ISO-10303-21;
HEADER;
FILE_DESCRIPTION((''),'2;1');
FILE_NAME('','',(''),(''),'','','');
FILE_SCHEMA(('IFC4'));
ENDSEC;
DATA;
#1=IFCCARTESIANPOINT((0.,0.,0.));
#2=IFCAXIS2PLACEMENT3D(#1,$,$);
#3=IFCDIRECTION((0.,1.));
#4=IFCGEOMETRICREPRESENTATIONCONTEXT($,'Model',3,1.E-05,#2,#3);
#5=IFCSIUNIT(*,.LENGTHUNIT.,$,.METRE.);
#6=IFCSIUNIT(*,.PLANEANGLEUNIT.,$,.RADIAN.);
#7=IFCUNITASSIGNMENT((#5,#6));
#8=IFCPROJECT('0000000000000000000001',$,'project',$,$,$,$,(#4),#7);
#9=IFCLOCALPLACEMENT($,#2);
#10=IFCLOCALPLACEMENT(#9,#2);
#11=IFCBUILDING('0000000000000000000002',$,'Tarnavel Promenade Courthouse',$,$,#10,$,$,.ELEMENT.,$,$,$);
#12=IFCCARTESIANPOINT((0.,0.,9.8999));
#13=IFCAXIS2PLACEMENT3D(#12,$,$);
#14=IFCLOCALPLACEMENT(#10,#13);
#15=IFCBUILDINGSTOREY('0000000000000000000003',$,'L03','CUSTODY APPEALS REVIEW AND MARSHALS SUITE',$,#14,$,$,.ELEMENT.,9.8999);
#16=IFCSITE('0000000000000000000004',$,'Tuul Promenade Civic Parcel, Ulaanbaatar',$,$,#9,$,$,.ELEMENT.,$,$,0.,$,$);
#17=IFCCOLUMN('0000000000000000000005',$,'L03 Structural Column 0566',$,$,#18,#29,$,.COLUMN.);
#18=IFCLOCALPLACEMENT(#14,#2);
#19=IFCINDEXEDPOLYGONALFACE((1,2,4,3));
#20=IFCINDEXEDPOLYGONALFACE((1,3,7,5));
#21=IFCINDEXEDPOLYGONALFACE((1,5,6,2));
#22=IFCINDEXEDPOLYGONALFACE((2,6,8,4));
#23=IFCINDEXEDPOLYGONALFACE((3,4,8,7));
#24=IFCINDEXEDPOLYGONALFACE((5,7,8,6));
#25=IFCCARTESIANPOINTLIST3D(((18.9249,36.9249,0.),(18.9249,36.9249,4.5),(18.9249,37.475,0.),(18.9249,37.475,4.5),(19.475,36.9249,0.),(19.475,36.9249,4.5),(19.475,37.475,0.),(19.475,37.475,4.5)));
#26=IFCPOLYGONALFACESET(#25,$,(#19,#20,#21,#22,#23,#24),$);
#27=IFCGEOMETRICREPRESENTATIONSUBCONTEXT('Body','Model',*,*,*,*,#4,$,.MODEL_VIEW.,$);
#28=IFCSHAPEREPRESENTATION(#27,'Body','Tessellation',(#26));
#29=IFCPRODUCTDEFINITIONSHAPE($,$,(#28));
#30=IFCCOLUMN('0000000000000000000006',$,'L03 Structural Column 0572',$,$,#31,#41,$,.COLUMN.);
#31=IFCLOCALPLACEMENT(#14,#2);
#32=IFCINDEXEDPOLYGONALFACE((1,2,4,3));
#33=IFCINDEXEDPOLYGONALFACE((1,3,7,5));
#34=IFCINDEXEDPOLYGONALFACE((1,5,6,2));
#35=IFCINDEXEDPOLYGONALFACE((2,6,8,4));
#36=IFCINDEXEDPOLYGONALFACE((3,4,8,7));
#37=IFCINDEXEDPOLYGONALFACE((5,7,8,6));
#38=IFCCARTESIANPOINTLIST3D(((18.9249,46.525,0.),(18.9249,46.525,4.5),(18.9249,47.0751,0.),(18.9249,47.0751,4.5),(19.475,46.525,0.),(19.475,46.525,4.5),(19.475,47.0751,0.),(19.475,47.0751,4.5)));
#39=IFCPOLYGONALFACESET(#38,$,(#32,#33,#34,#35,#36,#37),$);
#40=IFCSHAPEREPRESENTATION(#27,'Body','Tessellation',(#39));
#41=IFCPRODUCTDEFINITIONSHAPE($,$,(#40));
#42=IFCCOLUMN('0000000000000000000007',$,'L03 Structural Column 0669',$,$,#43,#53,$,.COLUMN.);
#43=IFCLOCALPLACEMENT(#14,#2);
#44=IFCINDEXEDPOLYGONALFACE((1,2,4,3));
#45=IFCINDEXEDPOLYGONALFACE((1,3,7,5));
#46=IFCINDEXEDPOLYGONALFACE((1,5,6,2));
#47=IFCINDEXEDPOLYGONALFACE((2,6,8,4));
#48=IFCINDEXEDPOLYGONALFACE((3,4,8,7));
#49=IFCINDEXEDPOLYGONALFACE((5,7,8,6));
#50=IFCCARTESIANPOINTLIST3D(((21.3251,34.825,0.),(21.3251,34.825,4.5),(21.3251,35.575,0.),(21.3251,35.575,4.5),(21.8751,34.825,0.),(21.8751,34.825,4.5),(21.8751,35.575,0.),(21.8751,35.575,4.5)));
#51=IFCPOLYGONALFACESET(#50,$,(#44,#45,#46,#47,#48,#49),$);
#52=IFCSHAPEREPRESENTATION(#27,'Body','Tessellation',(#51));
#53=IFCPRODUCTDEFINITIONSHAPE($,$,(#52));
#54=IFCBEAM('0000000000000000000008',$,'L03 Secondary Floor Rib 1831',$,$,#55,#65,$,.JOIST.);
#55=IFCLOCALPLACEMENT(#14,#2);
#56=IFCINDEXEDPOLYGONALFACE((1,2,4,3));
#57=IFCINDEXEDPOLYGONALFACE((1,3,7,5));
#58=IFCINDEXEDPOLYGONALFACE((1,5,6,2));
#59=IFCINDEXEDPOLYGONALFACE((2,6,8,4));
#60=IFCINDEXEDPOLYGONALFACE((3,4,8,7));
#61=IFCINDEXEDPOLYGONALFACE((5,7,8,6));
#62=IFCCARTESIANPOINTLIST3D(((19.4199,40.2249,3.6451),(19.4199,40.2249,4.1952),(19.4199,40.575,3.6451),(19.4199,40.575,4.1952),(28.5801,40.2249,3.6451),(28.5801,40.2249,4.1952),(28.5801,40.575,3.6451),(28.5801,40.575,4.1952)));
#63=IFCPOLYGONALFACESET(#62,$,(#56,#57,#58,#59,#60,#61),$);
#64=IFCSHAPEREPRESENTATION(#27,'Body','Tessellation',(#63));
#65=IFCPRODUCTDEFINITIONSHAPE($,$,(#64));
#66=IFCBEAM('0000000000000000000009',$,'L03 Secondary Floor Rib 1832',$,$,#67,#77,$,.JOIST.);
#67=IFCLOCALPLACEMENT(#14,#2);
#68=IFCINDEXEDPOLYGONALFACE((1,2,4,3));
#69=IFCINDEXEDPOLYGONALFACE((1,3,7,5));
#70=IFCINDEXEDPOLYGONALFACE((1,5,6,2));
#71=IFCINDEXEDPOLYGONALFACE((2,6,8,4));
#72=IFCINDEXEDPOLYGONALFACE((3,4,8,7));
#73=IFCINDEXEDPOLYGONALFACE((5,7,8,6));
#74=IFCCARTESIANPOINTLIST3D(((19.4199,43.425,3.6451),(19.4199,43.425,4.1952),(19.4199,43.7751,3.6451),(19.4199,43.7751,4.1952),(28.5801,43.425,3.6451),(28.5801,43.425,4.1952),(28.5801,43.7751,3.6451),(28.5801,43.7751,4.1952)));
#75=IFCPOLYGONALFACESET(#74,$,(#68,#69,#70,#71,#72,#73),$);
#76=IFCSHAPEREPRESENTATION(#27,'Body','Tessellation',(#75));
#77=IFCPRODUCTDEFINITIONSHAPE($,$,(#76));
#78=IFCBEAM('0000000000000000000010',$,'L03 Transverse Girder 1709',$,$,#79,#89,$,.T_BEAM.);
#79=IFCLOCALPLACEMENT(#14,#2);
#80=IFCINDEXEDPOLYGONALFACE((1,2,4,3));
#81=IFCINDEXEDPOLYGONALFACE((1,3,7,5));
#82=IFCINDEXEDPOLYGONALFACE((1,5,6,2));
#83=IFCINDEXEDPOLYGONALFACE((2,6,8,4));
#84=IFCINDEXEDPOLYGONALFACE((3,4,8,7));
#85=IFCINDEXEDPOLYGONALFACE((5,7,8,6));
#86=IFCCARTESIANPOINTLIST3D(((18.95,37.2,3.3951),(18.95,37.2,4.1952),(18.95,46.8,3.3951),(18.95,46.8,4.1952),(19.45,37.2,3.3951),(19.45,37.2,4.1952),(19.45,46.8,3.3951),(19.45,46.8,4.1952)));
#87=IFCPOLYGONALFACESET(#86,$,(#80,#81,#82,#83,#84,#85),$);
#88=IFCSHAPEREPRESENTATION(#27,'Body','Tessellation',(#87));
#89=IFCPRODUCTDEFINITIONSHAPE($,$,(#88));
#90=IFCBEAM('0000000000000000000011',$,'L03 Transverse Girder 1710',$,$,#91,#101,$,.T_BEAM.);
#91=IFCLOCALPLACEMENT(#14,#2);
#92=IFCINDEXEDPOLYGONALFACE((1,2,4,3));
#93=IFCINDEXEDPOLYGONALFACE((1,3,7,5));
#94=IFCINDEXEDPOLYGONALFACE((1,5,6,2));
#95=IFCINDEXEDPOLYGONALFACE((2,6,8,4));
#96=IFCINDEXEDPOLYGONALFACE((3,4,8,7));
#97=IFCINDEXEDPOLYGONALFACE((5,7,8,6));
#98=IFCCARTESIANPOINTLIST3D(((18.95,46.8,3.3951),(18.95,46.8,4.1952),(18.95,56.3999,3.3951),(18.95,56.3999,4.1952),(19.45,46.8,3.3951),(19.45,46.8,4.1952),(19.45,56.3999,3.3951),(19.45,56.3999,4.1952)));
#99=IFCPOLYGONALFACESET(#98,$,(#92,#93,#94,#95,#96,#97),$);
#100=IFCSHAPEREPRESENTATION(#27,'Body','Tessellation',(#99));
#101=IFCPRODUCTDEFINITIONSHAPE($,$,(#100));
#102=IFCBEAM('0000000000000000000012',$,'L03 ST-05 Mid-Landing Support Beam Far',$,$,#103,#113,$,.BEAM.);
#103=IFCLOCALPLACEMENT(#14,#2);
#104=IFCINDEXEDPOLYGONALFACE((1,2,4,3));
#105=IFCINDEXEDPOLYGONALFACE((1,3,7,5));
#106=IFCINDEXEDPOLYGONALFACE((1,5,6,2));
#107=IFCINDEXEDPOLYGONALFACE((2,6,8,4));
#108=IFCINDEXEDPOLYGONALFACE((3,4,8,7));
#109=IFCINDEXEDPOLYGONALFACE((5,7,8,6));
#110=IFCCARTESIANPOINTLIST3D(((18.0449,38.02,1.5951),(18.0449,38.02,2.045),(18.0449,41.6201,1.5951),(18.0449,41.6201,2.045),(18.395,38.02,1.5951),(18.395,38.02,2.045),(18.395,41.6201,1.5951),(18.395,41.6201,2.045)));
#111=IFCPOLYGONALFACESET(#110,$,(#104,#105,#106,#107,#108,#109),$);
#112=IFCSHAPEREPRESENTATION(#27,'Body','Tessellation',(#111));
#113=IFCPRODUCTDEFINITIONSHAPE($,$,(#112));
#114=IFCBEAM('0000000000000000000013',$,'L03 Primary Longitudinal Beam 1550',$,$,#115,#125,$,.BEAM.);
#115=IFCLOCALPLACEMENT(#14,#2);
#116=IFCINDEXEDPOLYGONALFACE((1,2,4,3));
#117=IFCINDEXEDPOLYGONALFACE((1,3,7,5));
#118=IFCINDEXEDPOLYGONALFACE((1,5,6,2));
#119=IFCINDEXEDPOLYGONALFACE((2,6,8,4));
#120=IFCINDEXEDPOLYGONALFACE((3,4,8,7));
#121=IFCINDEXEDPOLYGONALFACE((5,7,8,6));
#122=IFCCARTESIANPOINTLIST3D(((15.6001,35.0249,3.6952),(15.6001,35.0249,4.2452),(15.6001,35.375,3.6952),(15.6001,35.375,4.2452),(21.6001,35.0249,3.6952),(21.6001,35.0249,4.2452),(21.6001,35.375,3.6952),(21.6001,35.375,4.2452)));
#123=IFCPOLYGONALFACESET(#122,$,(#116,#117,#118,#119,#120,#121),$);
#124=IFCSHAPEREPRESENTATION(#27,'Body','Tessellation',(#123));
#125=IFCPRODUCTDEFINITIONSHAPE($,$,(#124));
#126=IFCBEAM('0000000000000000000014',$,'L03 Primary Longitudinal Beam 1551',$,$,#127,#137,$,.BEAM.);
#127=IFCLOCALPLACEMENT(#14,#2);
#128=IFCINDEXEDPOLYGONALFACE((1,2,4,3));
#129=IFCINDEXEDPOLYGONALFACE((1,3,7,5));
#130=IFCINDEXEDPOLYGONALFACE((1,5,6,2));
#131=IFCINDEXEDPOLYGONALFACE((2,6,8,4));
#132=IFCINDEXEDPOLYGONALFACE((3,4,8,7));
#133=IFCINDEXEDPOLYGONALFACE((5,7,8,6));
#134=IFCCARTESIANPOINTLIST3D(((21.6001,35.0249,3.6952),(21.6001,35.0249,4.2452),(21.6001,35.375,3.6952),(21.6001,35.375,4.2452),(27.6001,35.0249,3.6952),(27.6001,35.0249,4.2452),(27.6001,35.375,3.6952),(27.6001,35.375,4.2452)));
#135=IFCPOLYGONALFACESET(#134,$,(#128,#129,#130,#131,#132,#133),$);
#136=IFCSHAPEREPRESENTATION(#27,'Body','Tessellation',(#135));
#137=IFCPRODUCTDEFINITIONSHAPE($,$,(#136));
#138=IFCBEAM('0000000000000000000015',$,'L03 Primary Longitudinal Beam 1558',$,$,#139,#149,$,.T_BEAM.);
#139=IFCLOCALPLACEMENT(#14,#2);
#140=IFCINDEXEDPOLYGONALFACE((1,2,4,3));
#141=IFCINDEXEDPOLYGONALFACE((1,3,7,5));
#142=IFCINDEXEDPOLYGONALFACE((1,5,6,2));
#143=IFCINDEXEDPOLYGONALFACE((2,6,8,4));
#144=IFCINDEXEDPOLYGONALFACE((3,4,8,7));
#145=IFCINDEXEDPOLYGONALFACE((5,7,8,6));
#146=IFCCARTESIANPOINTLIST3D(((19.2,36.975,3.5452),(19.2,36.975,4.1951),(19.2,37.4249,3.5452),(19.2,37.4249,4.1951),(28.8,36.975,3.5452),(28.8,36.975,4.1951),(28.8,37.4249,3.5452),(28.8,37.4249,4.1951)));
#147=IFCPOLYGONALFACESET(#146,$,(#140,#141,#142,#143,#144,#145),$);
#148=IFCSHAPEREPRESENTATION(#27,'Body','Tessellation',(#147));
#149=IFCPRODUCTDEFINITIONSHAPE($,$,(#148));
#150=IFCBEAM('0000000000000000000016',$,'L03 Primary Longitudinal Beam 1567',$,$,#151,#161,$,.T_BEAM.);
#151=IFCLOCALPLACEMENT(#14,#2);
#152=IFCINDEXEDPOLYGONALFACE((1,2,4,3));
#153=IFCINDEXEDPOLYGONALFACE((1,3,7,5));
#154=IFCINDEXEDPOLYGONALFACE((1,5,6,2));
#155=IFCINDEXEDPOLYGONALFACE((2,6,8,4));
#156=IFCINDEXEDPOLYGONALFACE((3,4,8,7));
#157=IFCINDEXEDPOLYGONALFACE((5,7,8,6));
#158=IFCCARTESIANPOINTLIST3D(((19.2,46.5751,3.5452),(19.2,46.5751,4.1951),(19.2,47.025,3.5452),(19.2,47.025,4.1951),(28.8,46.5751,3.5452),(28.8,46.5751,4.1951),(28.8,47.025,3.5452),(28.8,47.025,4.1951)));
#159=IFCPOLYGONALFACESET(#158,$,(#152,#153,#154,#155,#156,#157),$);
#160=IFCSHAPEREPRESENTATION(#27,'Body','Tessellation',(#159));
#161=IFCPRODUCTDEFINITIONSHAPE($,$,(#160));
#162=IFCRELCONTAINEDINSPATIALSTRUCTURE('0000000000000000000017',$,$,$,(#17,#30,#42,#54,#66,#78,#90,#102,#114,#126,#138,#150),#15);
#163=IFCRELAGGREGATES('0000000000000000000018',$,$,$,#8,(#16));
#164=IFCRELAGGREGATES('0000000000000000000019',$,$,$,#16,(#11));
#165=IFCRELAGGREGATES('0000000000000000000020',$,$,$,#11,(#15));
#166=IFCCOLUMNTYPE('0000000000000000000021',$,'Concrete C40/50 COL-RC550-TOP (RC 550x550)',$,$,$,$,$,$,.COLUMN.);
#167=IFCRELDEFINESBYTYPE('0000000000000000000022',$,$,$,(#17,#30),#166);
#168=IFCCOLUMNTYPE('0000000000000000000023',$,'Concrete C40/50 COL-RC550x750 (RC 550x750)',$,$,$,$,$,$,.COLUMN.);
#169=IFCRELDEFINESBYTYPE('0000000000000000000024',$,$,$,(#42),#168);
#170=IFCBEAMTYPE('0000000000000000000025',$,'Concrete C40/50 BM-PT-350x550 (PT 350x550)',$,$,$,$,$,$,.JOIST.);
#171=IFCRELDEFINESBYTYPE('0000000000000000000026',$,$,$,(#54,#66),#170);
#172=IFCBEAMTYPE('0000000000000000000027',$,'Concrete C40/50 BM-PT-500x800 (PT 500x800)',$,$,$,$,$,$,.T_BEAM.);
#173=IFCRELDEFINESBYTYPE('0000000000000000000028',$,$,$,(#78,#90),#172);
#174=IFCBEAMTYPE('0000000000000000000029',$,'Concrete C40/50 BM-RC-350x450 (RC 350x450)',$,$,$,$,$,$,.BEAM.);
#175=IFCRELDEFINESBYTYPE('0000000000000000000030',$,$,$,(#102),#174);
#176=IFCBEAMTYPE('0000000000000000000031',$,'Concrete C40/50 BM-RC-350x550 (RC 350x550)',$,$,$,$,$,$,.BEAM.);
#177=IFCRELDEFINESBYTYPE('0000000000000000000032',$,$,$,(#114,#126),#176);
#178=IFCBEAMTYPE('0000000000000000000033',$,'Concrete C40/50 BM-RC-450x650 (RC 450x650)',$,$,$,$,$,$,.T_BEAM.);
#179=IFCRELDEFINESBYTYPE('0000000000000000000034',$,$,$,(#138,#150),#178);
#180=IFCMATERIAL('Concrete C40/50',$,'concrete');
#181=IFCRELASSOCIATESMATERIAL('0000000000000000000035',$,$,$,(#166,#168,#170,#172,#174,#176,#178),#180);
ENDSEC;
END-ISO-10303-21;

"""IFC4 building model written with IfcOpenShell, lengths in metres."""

from ifc_helpers import new_model, si_unit, direction, frame, origin, origin_2d, place, context, subcontext, project, spatial, rectangle, extrude, material, material_profile, profile_set, type_object, element, save


model = new_model("IFC4")

# Units and contexts
model_context = context("Model", 3, precision=1e-05, world=origin(), true_north=direction((0.0, 1.0)))
body_context = subcontext(model_context, "Body", "Model", "MODEL_VIEW")
ifc_project = project(units=[si_unit("LENGTHUNIT", "METRE"), si_unit("PLANEANGLEUNIT", "RADIAN")], contexts=[model_context])

# Site, building, storey
site_placement = place(None, origin())
site = spatial("IfcSite", under=ifc_project, at=site_placement, Name="Tuul Promenade Civic Parcel, Ulaanbaatar", CompositionType="ELEMENT", RefElevation=0.0)
building_placement = place(site_placement, origin())
building = spatial("IfcBuilding", under=site, at=building_placement, Name="Tarnavel Promenade Courthouse", CompositionType="ELEMENT")
storey_placement = place(building_placement, frame((0.0, 0.0, 9.8999)))
storey = spatial("IfcBuildingStorey", under=building, at=storey_placement, Name="L03", Description="CUSTODY APPEALS REVIEW AND MARSHALS SUITE", CompositionType="ELEMENT", Elevation=9.8999)

# Columns
ifc_material_1 = material(Name="Concrete C40/50", Category="concrete")
ifc_material_profile_1 = material_profile(ifc_material_1, rectangle(XDim=0.55, YDim=0.55, at=origin_2d()), Name="RC 550x550")
ifc_profile_set_1 = profile_set([ifc_material_profile_1], Name="Concrete C40/50")
column_type_1 = type_object("IfcColumnType", Name="Concrete C40/50 COL-RC550-TOP (RC 550x550)", PredefinedType="COLUMN", material=ifc_profile_set_1)
for number, where, z_axis, x_axis, name in (
    (1, (19.2, 37.2, 0.0), (0.0, 0.0, 1.0), (1.0, 0.0, 0.0), "L03 Structural Column 0566"),
    (2, (19.2, 46.8, 0.0), (0.0, 0.0, 1.0), (1.0, 0.0, 0.0), "L03 Structural Column 0572"),
):
    element("IfcColumn", number, at=place(storey_placement, frame(where, z_axis=z_axis, x_axis=x_axis)), inside=storey, type_object=column_type_1, Name=name, PredefinedType="COLUMN", context=body_context, shape_type="SweptSolid", body=[
        extrude(rectangle(XDim=0.55, YDim=0.55, at=origin_2d()), origin(), (0.0, 0.0, 1.0), 4.5),
    ])
ifc_material_profile_2 = material_profile(ifc_material_1, rectangle(XDim=0.55, YDim=0.75, at=origin_2d()), Name="RC 550x750")
ifc_profile_set_2 = profile_set([ifc_material_profile_2], Name="Concrete C40/50")
column_type_2 = type_object("IfcColumnType", Name="Concrete C40/50 COL-RC550x750 (RC 550x750)", PredefinedType="COLUMN", material=ifc_profile_set_2)
column_placement = place(storey_placement, frame((21.6001, 35.2, 0.0), z_axis=(0.0, 0.0, 1.0), x_axis=(1.0, 0.0, 0.0)))
element("IfcColumn", 3, at=column_placement, inside=storey, type_object=column_type_2, Name="L03 Structural Column 0669", PredefinedType="COLUMN", context=body_context, shape_type="SweptSolid", body=[
    extrude(rectangle(XDim=0.55, YDim=0.75, at=origin_2d()), origin(), (0.0, 0.0, 1.0), 4.5),
])

# Beams
ifc_material_profile_3 = material_profile(ifc_material_1, rectangle(XDim=0.3501, YDim=0.55, at=origin_2d()), Name="PT 350x550")
ifc_profile_set_3 = profile_set([ifc_material_profile_3], Name="Concrete C40/50")
beam_type_1 = type_object("IfcBeamType", Name="Concrete C40/50 BM-PT-350x550 (PT 350x550)", PredefinedType="JOIST", material=ifc_profile_set_3)
for number, where, z_axis, x_axis, name in (
    (4, (19.4199, 40.3999, 3.9202), (1.0, 0.0, 0.0), (0.0, 1.0, 0.0), "L03 Secondary Floor Rib 1831"),
    (5, (19.4199, 43.6001, 3.9202), (1.0, 0.0, 0.0), (0.0, 1.0, 0.0), "L03 Secondary Floor Rib 1832"),
):
    element("IfcBeam", number, at=place(storey_placement, frame(where, z_axis=z_axis, x_axis=x_axis)), inside=storey, type_object=beam_type_1, Name=name, PredefinedType="JOIST", context=body_context, shape_type="SweptSolid", body=[
        extrude(rectangle(XDim=0.3501, YDim=0.55, at=origin_2d()), origin(), (0.0, 0.0, 1.0), 9.1602),
    ])
ifc_material_profile_4 = material_profile(ifc_material_1, rectangle(XDim=0.5, YDim=0.8, at=origin_2d()), Name="PT 500x800")
ifc_profile_set_4 = profile_set([ifc_material_profile_4], Name="Concrete C40/50")
beam_type_2 = type_object("IfcBeamType", Name="Concrete C40/50 BM-PT-500x800 (PT 500x800)", PredefinedType="T_BEAM", material=ifc_profile_set_4)
beam_1_placement = place(storey_placement, frame((19.2, 37.2, 3.7952), z_axis=(0.0, 1.0, 0.0), x_axis=(-1.0, 0.0, 0.0)))
element("IfcBeam", 6, at=beam_1_placement, inside=storey, type_object=beam_type_2, Name="L03 Transverse Girder 1709", PredefinedType="T_BEAM", context=body_context, shape_type="SweptSolid", body=[
    extrude(rectangle(XDim=0.5, YDim=0.8, at=origin_2d()), origin(), (0.0, 0.0, 1.0), 9.6001),
])
beam_2_placement = place(storey_placement, frame((19.2, 46.8, 3.7952), z_axis=(0.0, 1.0, 0.0), x_axis=(-1.0, 0.0, 0.0)))
element("IfcBeam", 7, at=beam_2_placement, inside=storey, type_object=beam_type_2, Name="L03 Transverse Girder 1710", PredefinedType="T_BEAM", context=body_context, shape_type="SweptSolid", body=[
    extrude(rectangle(XDim=0.5, YDim=0.8, at=origin_2d()), origin(), (0.0, 0.0, 1.0), 9.5999),
])
ifc_material_profile_5 = material_profile(ifc_material_1, rectangle(XDim=0.3501, YDim=0.45, at=origin_2d()), Name="RC 350x450")
ifc_profile_set_5 = profile_set([ifc_material_profile_5], Name="Concrete C40/50")
beam_type_3 = type_object("IfcBeamType", Name="Concrete C40/50 BM-RC-350x450 (RC 350x450)", PredefinedType="BEAM", material=ifc_profile_set_5)
beam_3_placement = place(storey_placement, frame((18.22, 38.02, 1.8201), z_axis=(0.0, 1.0, 0.0), x_axis=(-1.0, 0.0, 0.0)))
element("IfcBeam", 8, at=beam_3_placement, inside=storey, type_object=beam_type_3, Name="L03 ST-05 Mid-Landing Support Beam Far", PredefinedType="BEAM", context=body_context, shape_type="SweptSolid", body=[
    extrude(rectangle(XDim=0.3501, YDim=0.45, at=origin_2d()), origin(), (0.0, 0.0, 1.0), 3.6001),
])
ifc_material_profile_6 = material_profile(ifc_material_1, rectangle(XDim=0.3501, YDim=0.55, at=origin_2d()), Name="RC 350x550")
ifc_profile_set_6 = profile_set([ifc_material_profile_6], Name="Concrete C40/50")
beam_type_4 = type_object("IfcBeamType", Name="Concrete C40/50 BM-RC-350x550 (RC 350x550)", PredefinedType="BEAM", material=ifc_profile_set_6)
for number, where, z_axis, x_axis, name in (
    (9, (15.6001, 35.2, 3.9702), (1.0, 0.0, 0.0), (0.0, 1.0, 0.0), "L03 Primary Longitudinal Beam 1550"),
    (10, (21.6001, 35.2, 3.9702), (1.0, 0.0, 0.0), (0.0, 1.0, 0.0), "L03 Primary Longitudinal Beam 1551"),
):
    element("IfcBeam", number, at=place(storey_placement, frame(where, z_axis=z_axis, x_axis=x_axis)), inside=storey, type_object=beam_type_4, Name=name, PredefinedType="BEAM", context=body_context, shape_type="SweptSolid", body=[
        extrude(rectangle(XDim=0.3501, YDim=0.55, at=origin_2d()), origin(), (0.0, 0.0, 1.0), 6.0),
    ])
ifc_material_profile_7 = material_profile(ifc_material_1, rectangle(XDim=0.45, YDim=0.6499, at=origin_2d()), Name="RC 450x650")
ifc_profile_set_7 = profile_set([ifc_material_profile_7], Name="Concrete C40/50")
beam_type_5 = type_object("IfcBeamType", Name="Concrete C40/50 BM-RC-450x650 (RC 450x650)", PredefinedType="T_BEAM", material=ifc_profile_set_7)
for number, where, z_axis, x_axis, name in (
    (11, (19.2, 37.2, 3.8701), (1.0, 0.0, 0.0), (0.0, 1.0, 0.0), "L03 Primary Longitudinal Beam 1558"),
    (12, (19.2, 46.8, 3.8701), (1.0, 0.0, 0.0), (0.0, 1.0, 0.0), "L03 Primary Longitudinal Beam 1567"),
):
    element("IfcBeam", number, at=place(storey_placement, frame(where, z_axis=z_axis, x_axis=x_axis)), inside=storey, type_object=beam_type_5, Name=name, PredefinedType="T_BEAM", context=body_context, shape_type="SweptSolid", body=[
        extrude(rectangle(XDim=0.45, YDim=0.6499, at=origin_2d()), origin(), (0.0, 0.0, 1.0), 9.6001),
    ])

save(model, "model.ifc")
